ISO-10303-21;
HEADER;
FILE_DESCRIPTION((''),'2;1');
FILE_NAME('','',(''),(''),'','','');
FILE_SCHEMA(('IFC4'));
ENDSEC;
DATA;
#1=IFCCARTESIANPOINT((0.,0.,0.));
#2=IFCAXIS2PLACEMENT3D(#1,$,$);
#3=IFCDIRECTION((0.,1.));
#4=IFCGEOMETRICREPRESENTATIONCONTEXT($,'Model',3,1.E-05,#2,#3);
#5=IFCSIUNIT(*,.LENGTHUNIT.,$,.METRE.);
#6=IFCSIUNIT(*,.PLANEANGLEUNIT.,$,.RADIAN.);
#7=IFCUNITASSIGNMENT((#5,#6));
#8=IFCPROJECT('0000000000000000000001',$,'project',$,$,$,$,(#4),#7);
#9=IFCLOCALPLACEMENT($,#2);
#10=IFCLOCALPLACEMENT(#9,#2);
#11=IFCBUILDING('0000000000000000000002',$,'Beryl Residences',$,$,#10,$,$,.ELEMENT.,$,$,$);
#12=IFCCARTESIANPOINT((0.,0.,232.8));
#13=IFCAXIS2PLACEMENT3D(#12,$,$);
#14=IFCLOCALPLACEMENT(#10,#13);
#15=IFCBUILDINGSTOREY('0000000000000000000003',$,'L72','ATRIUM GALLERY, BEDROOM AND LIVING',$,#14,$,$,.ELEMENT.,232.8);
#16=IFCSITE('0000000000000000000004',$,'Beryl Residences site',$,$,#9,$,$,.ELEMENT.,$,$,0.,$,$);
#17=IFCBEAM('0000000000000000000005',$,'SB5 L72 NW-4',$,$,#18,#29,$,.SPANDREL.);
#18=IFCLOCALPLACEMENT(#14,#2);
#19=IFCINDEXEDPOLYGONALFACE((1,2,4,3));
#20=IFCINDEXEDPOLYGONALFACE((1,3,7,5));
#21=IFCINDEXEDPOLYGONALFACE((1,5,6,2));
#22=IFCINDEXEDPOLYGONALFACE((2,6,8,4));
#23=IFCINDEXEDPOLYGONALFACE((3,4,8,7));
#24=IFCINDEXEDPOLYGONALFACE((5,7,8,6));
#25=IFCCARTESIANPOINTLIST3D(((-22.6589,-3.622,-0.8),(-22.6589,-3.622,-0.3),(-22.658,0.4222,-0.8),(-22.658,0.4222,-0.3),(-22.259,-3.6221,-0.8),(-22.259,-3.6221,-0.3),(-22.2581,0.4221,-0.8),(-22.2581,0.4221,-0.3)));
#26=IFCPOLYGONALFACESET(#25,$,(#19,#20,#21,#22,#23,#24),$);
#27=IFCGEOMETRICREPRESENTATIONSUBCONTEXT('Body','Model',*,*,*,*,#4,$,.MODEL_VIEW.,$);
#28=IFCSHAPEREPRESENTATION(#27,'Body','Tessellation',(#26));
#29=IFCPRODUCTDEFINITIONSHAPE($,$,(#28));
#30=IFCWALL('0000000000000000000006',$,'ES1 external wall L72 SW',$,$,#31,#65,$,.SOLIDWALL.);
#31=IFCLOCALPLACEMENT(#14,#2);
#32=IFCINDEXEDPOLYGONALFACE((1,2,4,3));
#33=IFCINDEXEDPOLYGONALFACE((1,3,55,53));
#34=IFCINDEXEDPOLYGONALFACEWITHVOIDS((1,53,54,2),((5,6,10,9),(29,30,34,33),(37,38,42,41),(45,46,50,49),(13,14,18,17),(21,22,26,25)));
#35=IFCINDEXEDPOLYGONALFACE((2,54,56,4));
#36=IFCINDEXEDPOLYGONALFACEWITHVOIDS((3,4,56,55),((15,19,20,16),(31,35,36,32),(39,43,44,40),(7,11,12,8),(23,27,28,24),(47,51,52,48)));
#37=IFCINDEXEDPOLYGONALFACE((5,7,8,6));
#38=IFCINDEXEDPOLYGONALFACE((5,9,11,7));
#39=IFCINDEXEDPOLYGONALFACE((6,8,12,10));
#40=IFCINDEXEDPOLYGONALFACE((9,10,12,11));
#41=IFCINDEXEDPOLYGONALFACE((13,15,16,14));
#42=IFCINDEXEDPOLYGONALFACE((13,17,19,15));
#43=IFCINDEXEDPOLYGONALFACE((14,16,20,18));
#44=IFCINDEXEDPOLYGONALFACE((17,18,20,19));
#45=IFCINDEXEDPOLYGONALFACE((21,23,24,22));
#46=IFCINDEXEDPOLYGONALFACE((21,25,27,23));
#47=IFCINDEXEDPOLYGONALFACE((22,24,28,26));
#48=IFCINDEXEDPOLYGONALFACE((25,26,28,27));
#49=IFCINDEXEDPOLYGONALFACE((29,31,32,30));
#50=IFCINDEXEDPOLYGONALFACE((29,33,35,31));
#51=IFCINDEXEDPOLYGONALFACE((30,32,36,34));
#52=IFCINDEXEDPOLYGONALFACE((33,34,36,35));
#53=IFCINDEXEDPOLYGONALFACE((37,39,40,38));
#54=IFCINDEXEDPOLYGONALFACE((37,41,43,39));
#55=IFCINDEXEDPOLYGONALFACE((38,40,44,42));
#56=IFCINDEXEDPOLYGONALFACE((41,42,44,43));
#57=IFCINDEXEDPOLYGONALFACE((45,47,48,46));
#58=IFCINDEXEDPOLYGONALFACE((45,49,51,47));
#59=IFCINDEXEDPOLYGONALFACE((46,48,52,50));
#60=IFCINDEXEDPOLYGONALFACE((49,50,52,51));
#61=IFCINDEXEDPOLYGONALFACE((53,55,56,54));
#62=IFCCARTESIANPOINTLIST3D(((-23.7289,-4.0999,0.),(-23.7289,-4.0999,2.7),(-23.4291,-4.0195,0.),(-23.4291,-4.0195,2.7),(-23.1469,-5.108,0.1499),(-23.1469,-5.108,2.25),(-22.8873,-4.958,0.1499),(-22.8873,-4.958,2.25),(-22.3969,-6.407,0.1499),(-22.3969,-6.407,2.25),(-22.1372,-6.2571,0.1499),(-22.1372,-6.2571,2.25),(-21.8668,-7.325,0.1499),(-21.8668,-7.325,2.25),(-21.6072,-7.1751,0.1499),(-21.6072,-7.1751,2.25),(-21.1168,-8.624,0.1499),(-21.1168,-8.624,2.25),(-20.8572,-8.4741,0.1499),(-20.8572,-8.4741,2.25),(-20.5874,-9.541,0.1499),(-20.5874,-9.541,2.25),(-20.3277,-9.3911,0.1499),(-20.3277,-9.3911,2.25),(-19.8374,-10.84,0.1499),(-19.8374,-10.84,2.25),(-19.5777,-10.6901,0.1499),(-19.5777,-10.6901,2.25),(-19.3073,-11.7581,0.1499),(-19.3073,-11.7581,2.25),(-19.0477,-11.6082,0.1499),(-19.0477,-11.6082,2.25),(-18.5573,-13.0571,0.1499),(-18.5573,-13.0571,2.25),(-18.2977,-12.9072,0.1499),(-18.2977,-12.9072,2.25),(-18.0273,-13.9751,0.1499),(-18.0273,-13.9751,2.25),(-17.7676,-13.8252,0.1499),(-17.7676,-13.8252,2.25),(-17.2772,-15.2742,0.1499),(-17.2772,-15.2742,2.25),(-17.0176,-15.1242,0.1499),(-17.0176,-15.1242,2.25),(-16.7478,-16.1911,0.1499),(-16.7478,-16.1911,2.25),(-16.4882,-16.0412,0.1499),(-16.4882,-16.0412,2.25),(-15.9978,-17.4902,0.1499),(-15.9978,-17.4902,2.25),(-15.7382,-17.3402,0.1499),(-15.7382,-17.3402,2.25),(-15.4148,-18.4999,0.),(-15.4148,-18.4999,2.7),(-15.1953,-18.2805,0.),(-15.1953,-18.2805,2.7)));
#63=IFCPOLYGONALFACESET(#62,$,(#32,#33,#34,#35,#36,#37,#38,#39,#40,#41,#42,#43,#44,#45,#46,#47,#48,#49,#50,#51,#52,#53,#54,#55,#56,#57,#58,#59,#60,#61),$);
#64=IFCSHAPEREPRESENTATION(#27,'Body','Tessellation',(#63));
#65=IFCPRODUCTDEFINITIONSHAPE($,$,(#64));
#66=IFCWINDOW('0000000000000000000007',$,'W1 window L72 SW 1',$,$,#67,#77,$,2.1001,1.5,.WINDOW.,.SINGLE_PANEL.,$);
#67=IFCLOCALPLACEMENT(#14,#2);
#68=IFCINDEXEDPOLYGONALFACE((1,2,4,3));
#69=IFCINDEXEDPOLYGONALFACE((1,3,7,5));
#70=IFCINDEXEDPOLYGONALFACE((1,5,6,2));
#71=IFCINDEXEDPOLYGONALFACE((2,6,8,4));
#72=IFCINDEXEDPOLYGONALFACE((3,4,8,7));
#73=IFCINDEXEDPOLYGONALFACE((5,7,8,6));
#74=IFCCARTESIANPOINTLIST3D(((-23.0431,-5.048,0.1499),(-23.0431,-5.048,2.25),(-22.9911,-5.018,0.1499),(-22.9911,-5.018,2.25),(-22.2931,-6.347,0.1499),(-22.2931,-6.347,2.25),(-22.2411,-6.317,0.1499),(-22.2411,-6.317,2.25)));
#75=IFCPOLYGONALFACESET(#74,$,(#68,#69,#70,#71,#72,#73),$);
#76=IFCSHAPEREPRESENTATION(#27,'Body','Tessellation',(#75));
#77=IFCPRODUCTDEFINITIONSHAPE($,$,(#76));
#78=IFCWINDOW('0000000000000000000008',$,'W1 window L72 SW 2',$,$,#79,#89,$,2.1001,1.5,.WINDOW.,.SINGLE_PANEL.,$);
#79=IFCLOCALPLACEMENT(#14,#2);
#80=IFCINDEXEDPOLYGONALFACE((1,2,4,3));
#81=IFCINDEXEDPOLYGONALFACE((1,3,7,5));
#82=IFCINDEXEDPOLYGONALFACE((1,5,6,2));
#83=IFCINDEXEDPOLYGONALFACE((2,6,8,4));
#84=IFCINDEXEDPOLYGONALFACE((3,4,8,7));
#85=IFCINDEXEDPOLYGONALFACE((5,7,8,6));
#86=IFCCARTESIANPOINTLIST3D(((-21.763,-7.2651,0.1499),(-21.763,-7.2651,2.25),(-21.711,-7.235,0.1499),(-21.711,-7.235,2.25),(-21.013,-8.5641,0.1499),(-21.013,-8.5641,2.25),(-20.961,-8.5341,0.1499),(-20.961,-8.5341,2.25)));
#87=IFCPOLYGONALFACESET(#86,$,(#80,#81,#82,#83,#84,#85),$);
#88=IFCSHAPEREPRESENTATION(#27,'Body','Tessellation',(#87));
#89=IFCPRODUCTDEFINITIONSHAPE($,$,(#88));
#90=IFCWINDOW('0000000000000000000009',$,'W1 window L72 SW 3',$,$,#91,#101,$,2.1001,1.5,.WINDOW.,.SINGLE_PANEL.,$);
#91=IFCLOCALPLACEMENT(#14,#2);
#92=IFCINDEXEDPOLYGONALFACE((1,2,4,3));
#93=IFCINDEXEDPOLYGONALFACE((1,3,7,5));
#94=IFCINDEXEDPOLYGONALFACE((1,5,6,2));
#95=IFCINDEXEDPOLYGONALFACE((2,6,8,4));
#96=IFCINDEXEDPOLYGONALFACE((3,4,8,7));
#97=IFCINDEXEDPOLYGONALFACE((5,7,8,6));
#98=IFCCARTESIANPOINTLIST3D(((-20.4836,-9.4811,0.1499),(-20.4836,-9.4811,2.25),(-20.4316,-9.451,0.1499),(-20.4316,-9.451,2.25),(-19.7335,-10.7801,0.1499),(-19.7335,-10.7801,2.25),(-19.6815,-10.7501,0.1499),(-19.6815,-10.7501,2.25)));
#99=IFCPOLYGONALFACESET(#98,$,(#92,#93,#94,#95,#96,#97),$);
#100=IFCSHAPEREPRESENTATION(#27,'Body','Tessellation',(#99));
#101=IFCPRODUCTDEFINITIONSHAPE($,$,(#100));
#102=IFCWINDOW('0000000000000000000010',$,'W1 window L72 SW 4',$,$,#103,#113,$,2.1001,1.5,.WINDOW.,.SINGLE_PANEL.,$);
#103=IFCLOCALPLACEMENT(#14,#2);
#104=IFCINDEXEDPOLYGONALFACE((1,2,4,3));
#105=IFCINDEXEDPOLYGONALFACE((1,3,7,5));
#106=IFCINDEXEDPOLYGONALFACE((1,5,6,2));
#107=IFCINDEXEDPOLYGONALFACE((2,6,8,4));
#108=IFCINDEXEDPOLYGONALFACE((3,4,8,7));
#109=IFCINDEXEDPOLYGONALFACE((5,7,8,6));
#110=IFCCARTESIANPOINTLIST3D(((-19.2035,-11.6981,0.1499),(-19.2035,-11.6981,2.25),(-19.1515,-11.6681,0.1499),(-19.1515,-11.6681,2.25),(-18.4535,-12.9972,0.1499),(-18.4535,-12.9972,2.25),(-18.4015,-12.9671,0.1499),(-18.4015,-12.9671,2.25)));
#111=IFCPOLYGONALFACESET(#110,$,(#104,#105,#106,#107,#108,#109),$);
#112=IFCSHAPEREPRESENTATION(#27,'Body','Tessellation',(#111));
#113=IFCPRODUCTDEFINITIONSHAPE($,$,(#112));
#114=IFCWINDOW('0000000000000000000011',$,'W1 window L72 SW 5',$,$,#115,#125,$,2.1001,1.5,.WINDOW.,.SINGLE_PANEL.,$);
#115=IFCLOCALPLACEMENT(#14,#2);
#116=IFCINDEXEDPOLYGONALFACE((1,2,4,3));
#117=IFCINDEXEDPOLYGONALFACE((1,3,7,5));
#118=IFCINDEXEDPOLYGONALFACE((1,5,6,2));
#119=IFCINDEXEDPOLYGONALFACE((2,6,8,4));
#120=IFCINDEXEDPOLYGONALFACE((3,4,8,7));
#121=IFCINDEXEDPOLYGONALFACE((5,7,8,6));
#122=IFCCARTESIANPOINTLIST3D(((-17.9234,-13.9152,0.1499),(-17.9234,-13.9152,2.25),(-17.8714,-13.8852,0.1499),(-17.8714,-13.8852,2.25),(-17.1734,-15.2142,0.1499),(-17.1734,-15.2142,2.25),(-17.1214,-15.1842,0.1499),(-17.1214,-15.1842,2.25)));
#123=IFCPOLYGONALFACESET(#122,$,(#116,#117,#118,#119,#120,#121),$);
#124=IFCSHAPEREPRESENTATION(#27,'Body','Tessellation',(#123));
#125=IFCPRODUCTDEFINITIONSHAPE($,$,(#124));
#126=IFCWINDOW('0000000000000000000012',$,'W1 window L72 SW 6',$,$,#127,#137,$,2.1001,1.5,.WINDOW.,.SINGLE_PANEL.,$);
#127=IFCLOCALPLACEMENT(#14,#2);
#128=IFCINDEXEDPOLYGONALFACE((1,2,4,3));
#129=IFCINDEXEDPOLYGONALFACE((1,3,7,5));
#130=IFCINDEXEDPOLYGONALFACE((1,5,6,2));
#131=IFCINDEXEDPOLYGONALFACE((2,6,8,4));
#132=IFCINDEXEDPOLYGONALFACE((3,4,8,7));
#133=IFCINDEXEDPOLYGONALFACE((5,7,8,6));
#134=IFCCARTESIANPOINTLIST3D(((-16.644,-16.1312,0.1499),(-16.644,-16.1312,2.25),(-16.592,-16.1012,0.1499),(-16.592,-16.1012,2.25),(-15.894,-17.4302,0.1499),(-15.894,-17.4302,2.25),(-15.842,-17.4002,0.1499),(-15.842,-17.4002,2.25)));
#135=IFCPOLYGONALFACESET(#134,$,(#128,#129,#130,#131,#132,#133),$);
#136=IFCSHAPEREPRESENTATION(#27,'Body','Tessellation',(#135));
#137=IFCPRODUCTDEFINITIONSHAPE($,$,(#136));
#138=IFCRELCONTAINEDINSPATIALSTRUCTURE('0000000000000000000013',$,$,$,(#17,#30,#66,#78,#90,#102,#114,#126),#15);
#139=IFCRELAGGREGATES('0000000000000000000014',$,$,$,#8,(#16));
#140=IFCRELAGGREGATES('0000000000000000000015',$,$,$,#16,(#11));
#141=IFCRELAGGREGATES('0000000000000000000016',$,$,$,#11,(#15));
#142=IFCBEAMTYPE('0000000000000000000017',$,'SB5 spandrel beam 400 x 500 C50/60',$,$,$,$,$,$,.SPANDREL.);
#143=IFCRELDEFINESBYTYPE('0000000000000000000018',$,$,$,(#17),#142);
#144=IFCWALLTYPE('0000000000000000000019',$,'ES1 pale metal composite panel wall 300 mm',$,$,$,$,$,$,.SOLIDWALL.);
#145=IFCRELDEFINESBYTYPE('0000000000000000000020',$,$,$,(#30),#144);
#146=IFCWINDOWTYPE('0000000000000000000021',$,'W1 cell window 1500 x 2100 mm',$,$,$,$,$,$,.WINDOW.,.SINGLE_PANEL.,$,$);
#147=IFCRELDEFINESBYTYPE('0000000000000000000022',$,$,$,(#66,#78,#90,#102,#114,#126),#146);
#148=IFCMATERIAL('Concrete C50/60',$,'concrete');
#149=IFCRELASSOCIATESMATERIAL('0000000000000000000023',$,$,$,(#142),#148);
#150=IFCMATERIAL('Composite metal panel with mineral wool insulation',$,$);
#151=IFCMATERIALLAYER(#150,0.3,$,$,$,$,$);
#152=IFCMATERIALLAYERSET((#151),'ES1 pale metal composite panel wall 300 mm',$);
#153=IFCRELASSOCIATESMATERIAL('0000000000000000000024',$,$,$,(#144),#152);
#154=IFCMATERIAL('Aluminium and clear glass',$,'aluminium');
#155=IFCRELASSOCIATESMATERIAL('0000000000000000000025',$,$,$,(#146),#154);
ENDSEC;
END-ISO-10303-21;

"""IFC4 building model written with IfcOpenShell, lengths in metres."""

from ifc_helpers import new_model, si_unit, direction, frame, frame_2d, origin, origin_2d, place, context, subcontext, project, spatial, polyline, rectangle, outline, extrude, material, layer, layer_set, material_profile, profile_set, type_object, element, fill, save


model = new_model("IFC4")

# Units and contexts
model_context = context("Model", 3, precision=1e-05, world=origin(), true_north=direction((0.0, 1.0)))
body_context = subcontext(model_context, "Body", "Model", "MODEL_VIEW")
ifc_project = project(units=[si_unit("LENGTHUNIT", "METRE"), si_unit("PLANEANGLEUNIT", "RADIAN")], contexts=[model_context])

# Site, building, storey
site_placement = place(None, origin())
site = spatial("IfcSite", under=ifc_project, at=site_placement, Name="Beryl Residences site", CompositionType="ELEMENT", RefElevation=0.0)
building_placement = place(site_placement, origin())
building = spatial("IfcBuilding", under=site, at=building_placement, Name="Beryl Residences", CompositionType="ELEMENT")
storey_placement = place(building_placement, frame((0.0, 0.0, 232.8)))
storey = spatial("IfcBuildingStorey", under=building, at=storey_placement, Name="L72", Description="ATRIUM GALLERY, BEDROOM AND LIVING", CompositionType="ELEMENT", Elevation=232.8)

# Beam
ifc_material_1 = material(Name="Concrete C50/60", Category="concrete")
ifc_material_profile = material_profile(ifc_material_1, rectangle(XDim=0.3999, YDim=0.5, at=origin_2d()))
ifc_profile_set = profile_set([ifc_material_profile], Name="Concrete C50/60")
beam_type = type_object("IfcBeamType", Name="SB5 spandrel beam 400 x 500 C50/60", PredefinedType="SPANDREL", material=ifc_profile_set)
beam_placement = place(storey_placement, frame((-22.458, 0.4221, -0.55), z_axis=(-0.000241, -1.0, 0.0), x_axis=(1.0, -0.000241, 0.0)))
element("IfcBeam", 1, at=beam_placement, inside=storey, type_object=beam_type, Name="SB5 L72 NW-4", PredefinedType="SPANDREL", context=body_context, shape_type="SweptSolid", body=[
    extrude(rectangle(XDim=0.3999, YDim=0.5, at=origin_2d()), origin(), (0.0, 0.0, 1.0), 4.0442),
])

# Wall, openings, windows
ifc_material_2 = material(Name="Composite metal panel with mineral wool insulation")
ifc_layer_1 = layer(ifc_material_2, 0.3)
ifc_layer_set_1 = layer_set([ifc_layer_1], Name="ES1 pale metal composite panel wall 300 mm")
wall_type_1 = type_object("IfcWallType", Name="ES1 pale metal composite panel wall 300 mm", PredefinedType="SOLIDWALL", material=ifc_layer_set_1)
wall_1_placement = place(storey_placement, frame((-23.5991, -4.0249, 0.0), z_axis=(0.0, 0.0, 1.0), x_axis=(0.500013, -0.866018, 0.0)))
wall_1 = element("IfcWall", 2, at=wall_1_placement, inside=storey, type_object=wall_type_1, Name="ES1 external wall L72 SW", PredefinedType="SOLIDWALL", context=body_context, shape_type="SweptSolid", body=[
    extrude(outline(polyline([(0.0, -0.1499), (16.6279, -0.1499), (16.5476, 0.1499), (0.0803, 0.1499), (0.0, -0.1499)])), origin(), (0.0, 0.0, 1.0), 2.7),
])
opening_1_placement = place(wall_1_placement, frame((1.1641, 0.0, 0.1499)))
opening_1 = element("IfcOpeningElement", 3, at=opening_1_placement, cuts=wall_1, PredefinedType="OPENING", context=body_context, shape_type="SweptSolid", body=[
    extrude(rectangle(XDim=1.5, YDim=2.1001, at=frame_2d((0.75, 1.05))), frame((0.0, 0.1599, 0.0), z_axis=(0.0, -1.0, 0.0), x_axis=(1.0, 0.0, 0.0)), (0.0, 0.0, 1.0), 0.3201),
])
opening_2_placement = place(wall_1_placement, frame((3.7241, 0.0, 0.1499)))
opening_2 = element("IfcOpeningElement", 4, at=opening_2_placement, cuts=wall_1, PredefinedType="OPENING", context=body_context, shape_type="SweptSolid", body=[
    extrude(rectangle(XDim=1.5, YDim=2.1001, at=frame_2d((0.75, 1.05))), frame((0.0, 0.1599, 0.0), z_axis=(0.0, -1.0, 0.0), x_axis=(1.0, 0.0, 0.0)), (0.0, 0.0, 1.0), 0.3201),
])
opening_3_placement = place(wall_1_placement, frame((6.283, 0.0, 0.1499)))
opening_3 = element("IfcOpeningElement", 5, at=opening_3_placement, cuts=wall_1, PredefinedType="OPENING", context=body_context, shape_type="SweptSolid", body=[
    extrude(rectangle(XDim=1.5, YDim=2.1001, at=frame_2d((0.75, 1.05))), frame((0.0, 0.1599, 0.0), z_axis=(0.0, -1.0, 0.0), x_axis=(1.0, 0.0, 0.0)), (0.0, 0.0, 1.0), 0.3201),
])
opening_4_placement = place(wall_1_placement, frame((8.843, 0.0, 0.1499)))
opening_4 = element("IfcOpeningElement", 6, at=opening_4_placement, cuts=wall_1, PredefinedType="OPENING", context=body_context, shape_type="SweptSolid", body=[
    extrude(rectangle(XDim=1.5, YDim=2.1001, at=frame_2d((0.75, 1.05))), frame((0.0, 0.1599, 0.0), z_axis=(0.0, -1.0, 0.0), x_axis=(1.0, 0.0, 0.0)), (0.0, 0.0, 1.0), 0.3201),
])
opening_5_placement = place(wall_1_placement, frame((11.4031, 0.0, 0.1499)))
opening_5 = element("IfcOpeningElement", 7, at=opening_5_placement, cuts=wall_1, PredefinedType="OPENING", context=body_context, shape_type="SweptSolid", body=[
    extrude(rectangle(XDim=1.5, YDim=2.1001, at=frame_2d((0.75, 1.05))), frame((0.0, 0.1599, 0.0), z_axis=(0.0, -1.0, 0.0), x_axis=(1.0, 0.0, 0.0)), (0.0, 0.0, 1.0), 0.3201),
])
opening_6_placement = place(wall_1_placement, frame((13.9619, 0.0, 0.1499)))
opening_6 = element("IfcOpeningElement", 8, at=opening_6_placement, cuts=wall_1, PredefinedType="OPENING", context=body_context, shape_type="SweptSolid", body=[
    extrude(rectangle(XDim=1.5, YDim=2.1001, at=frame_2d((0.75, 1.05))), frame((0.0, 0.1599, 0.0), z_axis=(0.0, -1.0, 0.0), x_axis=(1.0, 0.0, 0.0)), (0.0, 0.0, 1.0), 0.3201),
])
ifc_material_3 = material(Name="Aluminium and clear glass", Category="aluminium")
window_type = type_object("IfcWindowType", Name="W1 cell window 1500 x 2100 mm", PartitioningType="SINGLE_PANEL", PredefinedType="WINDOW", material=ifc_material_3)
window_1_placement = place(opening_1_placement, origin())
window_1 = element("IfcWindow", 9, at=window_1_placement, inside=storey, type_object=window_type, Name="W1 window L72 SW 1", OverallHeight=2.1001, OverallWidth=1.5, PartitioningType="SINGLE_PANEL", PredefinedType="WINDOW", context=body_context, shape_type="SweptSolid", body=[
    extrude(rectangle(XDim=1.5, YDim=2.1001, at=frame_2d((0.75, 1.05))), frame((0.0, 0.03, 0.0), z_axis=(0.0, -1.0, 0.0), x_axis=(1.0, 0.0, 0.0)), (0.0, 0.0, 1.0), 0.0601),
])
fill(opening_1, window_1)
window_2_placement = place(opening_2_placement, origin())
window_2 = element("IfcWindow", 10, at=window_2_placement, inside=storey, type_object=window_type, Name="W1 window L72 SW 2", OverallHeight=2.1001, OverallWidth=1.5, PartitioningType="SINGLE_PANEL", PredefinedType="WINDOW", context=body_context, shape_type="SweptSolid", body=[
    extrude(rectangle(XDim=1.5, YDim=2.1001, at=frame_2d((0.75, 1.05))), frame((0.0, 0.03, 0.0), z_axis=(0.0, -1.0, 0.0), x_axis=(1.0, 0.0, 0.0)), (0.0, 0.0, 1.0), 0.0601),
])
fill(opening_2, window_2)
window_3_placement = place(opening_3_placement, origin())
window_3 = element("IfcWindow", 11, at=window_3_placement, inside=storey, type_object=window_type, Name="W1 window L72 SW 3", OverallHeight=2.1001, OverallWidth=1.5, PartitioningType="SINGLE_PANEL", PredefinedType="WINDOW", context=body_context, shape_type="SweptSolid", body=[
    extrude(rectangle(XDim=1.5, YDim=2.1001, at=frame_2d((0.75, 1.05))), frame((0.0, 0.03, 0.0), z_axis=(0.0, -1.0, 0.0), x_axis=(1.0, 0.0, 0.0)), (0.0, 0.0, 1.0), 0.0601),
])
fill(opening_3, window_3)
window_4_placement = place(opening_4_placement, origin())
window_4 = element("IfcWindow", 12, at=window_4_placement, inside=storey, type_object=window_type, Name="W1 window L72 SW 4", OverallHeight=2.1001, OverallWidth=1.5, PartitioningType="SINGLE_PANEL", PredefinedType="WINDOW", context=body_context, shape_type="SweptSolid", body=[
    extrude(rectangle(XDim=1.5, YDim=2.1001, at=frame_2d((0.75, 1.05))), frame((0.0, 0.03, 0.0), z_axis=(0.0, -1.0, 0.0), x_axis=(1.0, 0.0, 0.0)), (0.0, 0.0, 1.0), 0.0601),
])
fill(opening_4, window_4)
window_5_placement = place(opening_5_placement, origin())
window_5 = element("IfcWindow", 13, at=window_5_placement, inside=storey, type_object=window_type, Name="W1 window L72 SW 5", OverallHeight=2.1001, OverallWidth=1.5, PartitioningType="SINGLE_PANEL", PredefinedType="WINDOW", context=body_context, shape_type="SweptSolid", body=[
    extrude(rectangle(XDim=1.5, YDim=2.1001, at=frame_2d((0.75, 1.05))), frame((0.0, 0.03, 0.0), z_axis=(0.0, -1.0, 0.0), x_axis=(1.0, 0.0, 0.0)), (0.0, 0.0, 1.0), 0.0601),
])
fill(opening_5, window_5)
window_6_placement = place(opening_6_placement, origin())
window_6 = element("IfcWindow", 14, at=window_6_placement, inside=storey, type_object=window_type, Name="W1 window L72 SW 6", OverallHeight=2.1001, OverallWidth=1.5, PartitioningType="SINGLE_PANEL", PredefinedType="WINDOW", context=body_context, shape_type="SweptSolid", body=[
    extrude(rectangle(XDim=1.5, YDim=2.1001, at=frame_2d((0.75, 1.05))), frame((0.0, 0.03, 0.0), z_axis=(0.0, -1.0, 0.0), x_axis=(1.0, 0.0, 0.0)), (0.0, 0.0, 1.0), 0.0601),
])
fill(opening_6, window_6)

save(model, "model.ifc")
